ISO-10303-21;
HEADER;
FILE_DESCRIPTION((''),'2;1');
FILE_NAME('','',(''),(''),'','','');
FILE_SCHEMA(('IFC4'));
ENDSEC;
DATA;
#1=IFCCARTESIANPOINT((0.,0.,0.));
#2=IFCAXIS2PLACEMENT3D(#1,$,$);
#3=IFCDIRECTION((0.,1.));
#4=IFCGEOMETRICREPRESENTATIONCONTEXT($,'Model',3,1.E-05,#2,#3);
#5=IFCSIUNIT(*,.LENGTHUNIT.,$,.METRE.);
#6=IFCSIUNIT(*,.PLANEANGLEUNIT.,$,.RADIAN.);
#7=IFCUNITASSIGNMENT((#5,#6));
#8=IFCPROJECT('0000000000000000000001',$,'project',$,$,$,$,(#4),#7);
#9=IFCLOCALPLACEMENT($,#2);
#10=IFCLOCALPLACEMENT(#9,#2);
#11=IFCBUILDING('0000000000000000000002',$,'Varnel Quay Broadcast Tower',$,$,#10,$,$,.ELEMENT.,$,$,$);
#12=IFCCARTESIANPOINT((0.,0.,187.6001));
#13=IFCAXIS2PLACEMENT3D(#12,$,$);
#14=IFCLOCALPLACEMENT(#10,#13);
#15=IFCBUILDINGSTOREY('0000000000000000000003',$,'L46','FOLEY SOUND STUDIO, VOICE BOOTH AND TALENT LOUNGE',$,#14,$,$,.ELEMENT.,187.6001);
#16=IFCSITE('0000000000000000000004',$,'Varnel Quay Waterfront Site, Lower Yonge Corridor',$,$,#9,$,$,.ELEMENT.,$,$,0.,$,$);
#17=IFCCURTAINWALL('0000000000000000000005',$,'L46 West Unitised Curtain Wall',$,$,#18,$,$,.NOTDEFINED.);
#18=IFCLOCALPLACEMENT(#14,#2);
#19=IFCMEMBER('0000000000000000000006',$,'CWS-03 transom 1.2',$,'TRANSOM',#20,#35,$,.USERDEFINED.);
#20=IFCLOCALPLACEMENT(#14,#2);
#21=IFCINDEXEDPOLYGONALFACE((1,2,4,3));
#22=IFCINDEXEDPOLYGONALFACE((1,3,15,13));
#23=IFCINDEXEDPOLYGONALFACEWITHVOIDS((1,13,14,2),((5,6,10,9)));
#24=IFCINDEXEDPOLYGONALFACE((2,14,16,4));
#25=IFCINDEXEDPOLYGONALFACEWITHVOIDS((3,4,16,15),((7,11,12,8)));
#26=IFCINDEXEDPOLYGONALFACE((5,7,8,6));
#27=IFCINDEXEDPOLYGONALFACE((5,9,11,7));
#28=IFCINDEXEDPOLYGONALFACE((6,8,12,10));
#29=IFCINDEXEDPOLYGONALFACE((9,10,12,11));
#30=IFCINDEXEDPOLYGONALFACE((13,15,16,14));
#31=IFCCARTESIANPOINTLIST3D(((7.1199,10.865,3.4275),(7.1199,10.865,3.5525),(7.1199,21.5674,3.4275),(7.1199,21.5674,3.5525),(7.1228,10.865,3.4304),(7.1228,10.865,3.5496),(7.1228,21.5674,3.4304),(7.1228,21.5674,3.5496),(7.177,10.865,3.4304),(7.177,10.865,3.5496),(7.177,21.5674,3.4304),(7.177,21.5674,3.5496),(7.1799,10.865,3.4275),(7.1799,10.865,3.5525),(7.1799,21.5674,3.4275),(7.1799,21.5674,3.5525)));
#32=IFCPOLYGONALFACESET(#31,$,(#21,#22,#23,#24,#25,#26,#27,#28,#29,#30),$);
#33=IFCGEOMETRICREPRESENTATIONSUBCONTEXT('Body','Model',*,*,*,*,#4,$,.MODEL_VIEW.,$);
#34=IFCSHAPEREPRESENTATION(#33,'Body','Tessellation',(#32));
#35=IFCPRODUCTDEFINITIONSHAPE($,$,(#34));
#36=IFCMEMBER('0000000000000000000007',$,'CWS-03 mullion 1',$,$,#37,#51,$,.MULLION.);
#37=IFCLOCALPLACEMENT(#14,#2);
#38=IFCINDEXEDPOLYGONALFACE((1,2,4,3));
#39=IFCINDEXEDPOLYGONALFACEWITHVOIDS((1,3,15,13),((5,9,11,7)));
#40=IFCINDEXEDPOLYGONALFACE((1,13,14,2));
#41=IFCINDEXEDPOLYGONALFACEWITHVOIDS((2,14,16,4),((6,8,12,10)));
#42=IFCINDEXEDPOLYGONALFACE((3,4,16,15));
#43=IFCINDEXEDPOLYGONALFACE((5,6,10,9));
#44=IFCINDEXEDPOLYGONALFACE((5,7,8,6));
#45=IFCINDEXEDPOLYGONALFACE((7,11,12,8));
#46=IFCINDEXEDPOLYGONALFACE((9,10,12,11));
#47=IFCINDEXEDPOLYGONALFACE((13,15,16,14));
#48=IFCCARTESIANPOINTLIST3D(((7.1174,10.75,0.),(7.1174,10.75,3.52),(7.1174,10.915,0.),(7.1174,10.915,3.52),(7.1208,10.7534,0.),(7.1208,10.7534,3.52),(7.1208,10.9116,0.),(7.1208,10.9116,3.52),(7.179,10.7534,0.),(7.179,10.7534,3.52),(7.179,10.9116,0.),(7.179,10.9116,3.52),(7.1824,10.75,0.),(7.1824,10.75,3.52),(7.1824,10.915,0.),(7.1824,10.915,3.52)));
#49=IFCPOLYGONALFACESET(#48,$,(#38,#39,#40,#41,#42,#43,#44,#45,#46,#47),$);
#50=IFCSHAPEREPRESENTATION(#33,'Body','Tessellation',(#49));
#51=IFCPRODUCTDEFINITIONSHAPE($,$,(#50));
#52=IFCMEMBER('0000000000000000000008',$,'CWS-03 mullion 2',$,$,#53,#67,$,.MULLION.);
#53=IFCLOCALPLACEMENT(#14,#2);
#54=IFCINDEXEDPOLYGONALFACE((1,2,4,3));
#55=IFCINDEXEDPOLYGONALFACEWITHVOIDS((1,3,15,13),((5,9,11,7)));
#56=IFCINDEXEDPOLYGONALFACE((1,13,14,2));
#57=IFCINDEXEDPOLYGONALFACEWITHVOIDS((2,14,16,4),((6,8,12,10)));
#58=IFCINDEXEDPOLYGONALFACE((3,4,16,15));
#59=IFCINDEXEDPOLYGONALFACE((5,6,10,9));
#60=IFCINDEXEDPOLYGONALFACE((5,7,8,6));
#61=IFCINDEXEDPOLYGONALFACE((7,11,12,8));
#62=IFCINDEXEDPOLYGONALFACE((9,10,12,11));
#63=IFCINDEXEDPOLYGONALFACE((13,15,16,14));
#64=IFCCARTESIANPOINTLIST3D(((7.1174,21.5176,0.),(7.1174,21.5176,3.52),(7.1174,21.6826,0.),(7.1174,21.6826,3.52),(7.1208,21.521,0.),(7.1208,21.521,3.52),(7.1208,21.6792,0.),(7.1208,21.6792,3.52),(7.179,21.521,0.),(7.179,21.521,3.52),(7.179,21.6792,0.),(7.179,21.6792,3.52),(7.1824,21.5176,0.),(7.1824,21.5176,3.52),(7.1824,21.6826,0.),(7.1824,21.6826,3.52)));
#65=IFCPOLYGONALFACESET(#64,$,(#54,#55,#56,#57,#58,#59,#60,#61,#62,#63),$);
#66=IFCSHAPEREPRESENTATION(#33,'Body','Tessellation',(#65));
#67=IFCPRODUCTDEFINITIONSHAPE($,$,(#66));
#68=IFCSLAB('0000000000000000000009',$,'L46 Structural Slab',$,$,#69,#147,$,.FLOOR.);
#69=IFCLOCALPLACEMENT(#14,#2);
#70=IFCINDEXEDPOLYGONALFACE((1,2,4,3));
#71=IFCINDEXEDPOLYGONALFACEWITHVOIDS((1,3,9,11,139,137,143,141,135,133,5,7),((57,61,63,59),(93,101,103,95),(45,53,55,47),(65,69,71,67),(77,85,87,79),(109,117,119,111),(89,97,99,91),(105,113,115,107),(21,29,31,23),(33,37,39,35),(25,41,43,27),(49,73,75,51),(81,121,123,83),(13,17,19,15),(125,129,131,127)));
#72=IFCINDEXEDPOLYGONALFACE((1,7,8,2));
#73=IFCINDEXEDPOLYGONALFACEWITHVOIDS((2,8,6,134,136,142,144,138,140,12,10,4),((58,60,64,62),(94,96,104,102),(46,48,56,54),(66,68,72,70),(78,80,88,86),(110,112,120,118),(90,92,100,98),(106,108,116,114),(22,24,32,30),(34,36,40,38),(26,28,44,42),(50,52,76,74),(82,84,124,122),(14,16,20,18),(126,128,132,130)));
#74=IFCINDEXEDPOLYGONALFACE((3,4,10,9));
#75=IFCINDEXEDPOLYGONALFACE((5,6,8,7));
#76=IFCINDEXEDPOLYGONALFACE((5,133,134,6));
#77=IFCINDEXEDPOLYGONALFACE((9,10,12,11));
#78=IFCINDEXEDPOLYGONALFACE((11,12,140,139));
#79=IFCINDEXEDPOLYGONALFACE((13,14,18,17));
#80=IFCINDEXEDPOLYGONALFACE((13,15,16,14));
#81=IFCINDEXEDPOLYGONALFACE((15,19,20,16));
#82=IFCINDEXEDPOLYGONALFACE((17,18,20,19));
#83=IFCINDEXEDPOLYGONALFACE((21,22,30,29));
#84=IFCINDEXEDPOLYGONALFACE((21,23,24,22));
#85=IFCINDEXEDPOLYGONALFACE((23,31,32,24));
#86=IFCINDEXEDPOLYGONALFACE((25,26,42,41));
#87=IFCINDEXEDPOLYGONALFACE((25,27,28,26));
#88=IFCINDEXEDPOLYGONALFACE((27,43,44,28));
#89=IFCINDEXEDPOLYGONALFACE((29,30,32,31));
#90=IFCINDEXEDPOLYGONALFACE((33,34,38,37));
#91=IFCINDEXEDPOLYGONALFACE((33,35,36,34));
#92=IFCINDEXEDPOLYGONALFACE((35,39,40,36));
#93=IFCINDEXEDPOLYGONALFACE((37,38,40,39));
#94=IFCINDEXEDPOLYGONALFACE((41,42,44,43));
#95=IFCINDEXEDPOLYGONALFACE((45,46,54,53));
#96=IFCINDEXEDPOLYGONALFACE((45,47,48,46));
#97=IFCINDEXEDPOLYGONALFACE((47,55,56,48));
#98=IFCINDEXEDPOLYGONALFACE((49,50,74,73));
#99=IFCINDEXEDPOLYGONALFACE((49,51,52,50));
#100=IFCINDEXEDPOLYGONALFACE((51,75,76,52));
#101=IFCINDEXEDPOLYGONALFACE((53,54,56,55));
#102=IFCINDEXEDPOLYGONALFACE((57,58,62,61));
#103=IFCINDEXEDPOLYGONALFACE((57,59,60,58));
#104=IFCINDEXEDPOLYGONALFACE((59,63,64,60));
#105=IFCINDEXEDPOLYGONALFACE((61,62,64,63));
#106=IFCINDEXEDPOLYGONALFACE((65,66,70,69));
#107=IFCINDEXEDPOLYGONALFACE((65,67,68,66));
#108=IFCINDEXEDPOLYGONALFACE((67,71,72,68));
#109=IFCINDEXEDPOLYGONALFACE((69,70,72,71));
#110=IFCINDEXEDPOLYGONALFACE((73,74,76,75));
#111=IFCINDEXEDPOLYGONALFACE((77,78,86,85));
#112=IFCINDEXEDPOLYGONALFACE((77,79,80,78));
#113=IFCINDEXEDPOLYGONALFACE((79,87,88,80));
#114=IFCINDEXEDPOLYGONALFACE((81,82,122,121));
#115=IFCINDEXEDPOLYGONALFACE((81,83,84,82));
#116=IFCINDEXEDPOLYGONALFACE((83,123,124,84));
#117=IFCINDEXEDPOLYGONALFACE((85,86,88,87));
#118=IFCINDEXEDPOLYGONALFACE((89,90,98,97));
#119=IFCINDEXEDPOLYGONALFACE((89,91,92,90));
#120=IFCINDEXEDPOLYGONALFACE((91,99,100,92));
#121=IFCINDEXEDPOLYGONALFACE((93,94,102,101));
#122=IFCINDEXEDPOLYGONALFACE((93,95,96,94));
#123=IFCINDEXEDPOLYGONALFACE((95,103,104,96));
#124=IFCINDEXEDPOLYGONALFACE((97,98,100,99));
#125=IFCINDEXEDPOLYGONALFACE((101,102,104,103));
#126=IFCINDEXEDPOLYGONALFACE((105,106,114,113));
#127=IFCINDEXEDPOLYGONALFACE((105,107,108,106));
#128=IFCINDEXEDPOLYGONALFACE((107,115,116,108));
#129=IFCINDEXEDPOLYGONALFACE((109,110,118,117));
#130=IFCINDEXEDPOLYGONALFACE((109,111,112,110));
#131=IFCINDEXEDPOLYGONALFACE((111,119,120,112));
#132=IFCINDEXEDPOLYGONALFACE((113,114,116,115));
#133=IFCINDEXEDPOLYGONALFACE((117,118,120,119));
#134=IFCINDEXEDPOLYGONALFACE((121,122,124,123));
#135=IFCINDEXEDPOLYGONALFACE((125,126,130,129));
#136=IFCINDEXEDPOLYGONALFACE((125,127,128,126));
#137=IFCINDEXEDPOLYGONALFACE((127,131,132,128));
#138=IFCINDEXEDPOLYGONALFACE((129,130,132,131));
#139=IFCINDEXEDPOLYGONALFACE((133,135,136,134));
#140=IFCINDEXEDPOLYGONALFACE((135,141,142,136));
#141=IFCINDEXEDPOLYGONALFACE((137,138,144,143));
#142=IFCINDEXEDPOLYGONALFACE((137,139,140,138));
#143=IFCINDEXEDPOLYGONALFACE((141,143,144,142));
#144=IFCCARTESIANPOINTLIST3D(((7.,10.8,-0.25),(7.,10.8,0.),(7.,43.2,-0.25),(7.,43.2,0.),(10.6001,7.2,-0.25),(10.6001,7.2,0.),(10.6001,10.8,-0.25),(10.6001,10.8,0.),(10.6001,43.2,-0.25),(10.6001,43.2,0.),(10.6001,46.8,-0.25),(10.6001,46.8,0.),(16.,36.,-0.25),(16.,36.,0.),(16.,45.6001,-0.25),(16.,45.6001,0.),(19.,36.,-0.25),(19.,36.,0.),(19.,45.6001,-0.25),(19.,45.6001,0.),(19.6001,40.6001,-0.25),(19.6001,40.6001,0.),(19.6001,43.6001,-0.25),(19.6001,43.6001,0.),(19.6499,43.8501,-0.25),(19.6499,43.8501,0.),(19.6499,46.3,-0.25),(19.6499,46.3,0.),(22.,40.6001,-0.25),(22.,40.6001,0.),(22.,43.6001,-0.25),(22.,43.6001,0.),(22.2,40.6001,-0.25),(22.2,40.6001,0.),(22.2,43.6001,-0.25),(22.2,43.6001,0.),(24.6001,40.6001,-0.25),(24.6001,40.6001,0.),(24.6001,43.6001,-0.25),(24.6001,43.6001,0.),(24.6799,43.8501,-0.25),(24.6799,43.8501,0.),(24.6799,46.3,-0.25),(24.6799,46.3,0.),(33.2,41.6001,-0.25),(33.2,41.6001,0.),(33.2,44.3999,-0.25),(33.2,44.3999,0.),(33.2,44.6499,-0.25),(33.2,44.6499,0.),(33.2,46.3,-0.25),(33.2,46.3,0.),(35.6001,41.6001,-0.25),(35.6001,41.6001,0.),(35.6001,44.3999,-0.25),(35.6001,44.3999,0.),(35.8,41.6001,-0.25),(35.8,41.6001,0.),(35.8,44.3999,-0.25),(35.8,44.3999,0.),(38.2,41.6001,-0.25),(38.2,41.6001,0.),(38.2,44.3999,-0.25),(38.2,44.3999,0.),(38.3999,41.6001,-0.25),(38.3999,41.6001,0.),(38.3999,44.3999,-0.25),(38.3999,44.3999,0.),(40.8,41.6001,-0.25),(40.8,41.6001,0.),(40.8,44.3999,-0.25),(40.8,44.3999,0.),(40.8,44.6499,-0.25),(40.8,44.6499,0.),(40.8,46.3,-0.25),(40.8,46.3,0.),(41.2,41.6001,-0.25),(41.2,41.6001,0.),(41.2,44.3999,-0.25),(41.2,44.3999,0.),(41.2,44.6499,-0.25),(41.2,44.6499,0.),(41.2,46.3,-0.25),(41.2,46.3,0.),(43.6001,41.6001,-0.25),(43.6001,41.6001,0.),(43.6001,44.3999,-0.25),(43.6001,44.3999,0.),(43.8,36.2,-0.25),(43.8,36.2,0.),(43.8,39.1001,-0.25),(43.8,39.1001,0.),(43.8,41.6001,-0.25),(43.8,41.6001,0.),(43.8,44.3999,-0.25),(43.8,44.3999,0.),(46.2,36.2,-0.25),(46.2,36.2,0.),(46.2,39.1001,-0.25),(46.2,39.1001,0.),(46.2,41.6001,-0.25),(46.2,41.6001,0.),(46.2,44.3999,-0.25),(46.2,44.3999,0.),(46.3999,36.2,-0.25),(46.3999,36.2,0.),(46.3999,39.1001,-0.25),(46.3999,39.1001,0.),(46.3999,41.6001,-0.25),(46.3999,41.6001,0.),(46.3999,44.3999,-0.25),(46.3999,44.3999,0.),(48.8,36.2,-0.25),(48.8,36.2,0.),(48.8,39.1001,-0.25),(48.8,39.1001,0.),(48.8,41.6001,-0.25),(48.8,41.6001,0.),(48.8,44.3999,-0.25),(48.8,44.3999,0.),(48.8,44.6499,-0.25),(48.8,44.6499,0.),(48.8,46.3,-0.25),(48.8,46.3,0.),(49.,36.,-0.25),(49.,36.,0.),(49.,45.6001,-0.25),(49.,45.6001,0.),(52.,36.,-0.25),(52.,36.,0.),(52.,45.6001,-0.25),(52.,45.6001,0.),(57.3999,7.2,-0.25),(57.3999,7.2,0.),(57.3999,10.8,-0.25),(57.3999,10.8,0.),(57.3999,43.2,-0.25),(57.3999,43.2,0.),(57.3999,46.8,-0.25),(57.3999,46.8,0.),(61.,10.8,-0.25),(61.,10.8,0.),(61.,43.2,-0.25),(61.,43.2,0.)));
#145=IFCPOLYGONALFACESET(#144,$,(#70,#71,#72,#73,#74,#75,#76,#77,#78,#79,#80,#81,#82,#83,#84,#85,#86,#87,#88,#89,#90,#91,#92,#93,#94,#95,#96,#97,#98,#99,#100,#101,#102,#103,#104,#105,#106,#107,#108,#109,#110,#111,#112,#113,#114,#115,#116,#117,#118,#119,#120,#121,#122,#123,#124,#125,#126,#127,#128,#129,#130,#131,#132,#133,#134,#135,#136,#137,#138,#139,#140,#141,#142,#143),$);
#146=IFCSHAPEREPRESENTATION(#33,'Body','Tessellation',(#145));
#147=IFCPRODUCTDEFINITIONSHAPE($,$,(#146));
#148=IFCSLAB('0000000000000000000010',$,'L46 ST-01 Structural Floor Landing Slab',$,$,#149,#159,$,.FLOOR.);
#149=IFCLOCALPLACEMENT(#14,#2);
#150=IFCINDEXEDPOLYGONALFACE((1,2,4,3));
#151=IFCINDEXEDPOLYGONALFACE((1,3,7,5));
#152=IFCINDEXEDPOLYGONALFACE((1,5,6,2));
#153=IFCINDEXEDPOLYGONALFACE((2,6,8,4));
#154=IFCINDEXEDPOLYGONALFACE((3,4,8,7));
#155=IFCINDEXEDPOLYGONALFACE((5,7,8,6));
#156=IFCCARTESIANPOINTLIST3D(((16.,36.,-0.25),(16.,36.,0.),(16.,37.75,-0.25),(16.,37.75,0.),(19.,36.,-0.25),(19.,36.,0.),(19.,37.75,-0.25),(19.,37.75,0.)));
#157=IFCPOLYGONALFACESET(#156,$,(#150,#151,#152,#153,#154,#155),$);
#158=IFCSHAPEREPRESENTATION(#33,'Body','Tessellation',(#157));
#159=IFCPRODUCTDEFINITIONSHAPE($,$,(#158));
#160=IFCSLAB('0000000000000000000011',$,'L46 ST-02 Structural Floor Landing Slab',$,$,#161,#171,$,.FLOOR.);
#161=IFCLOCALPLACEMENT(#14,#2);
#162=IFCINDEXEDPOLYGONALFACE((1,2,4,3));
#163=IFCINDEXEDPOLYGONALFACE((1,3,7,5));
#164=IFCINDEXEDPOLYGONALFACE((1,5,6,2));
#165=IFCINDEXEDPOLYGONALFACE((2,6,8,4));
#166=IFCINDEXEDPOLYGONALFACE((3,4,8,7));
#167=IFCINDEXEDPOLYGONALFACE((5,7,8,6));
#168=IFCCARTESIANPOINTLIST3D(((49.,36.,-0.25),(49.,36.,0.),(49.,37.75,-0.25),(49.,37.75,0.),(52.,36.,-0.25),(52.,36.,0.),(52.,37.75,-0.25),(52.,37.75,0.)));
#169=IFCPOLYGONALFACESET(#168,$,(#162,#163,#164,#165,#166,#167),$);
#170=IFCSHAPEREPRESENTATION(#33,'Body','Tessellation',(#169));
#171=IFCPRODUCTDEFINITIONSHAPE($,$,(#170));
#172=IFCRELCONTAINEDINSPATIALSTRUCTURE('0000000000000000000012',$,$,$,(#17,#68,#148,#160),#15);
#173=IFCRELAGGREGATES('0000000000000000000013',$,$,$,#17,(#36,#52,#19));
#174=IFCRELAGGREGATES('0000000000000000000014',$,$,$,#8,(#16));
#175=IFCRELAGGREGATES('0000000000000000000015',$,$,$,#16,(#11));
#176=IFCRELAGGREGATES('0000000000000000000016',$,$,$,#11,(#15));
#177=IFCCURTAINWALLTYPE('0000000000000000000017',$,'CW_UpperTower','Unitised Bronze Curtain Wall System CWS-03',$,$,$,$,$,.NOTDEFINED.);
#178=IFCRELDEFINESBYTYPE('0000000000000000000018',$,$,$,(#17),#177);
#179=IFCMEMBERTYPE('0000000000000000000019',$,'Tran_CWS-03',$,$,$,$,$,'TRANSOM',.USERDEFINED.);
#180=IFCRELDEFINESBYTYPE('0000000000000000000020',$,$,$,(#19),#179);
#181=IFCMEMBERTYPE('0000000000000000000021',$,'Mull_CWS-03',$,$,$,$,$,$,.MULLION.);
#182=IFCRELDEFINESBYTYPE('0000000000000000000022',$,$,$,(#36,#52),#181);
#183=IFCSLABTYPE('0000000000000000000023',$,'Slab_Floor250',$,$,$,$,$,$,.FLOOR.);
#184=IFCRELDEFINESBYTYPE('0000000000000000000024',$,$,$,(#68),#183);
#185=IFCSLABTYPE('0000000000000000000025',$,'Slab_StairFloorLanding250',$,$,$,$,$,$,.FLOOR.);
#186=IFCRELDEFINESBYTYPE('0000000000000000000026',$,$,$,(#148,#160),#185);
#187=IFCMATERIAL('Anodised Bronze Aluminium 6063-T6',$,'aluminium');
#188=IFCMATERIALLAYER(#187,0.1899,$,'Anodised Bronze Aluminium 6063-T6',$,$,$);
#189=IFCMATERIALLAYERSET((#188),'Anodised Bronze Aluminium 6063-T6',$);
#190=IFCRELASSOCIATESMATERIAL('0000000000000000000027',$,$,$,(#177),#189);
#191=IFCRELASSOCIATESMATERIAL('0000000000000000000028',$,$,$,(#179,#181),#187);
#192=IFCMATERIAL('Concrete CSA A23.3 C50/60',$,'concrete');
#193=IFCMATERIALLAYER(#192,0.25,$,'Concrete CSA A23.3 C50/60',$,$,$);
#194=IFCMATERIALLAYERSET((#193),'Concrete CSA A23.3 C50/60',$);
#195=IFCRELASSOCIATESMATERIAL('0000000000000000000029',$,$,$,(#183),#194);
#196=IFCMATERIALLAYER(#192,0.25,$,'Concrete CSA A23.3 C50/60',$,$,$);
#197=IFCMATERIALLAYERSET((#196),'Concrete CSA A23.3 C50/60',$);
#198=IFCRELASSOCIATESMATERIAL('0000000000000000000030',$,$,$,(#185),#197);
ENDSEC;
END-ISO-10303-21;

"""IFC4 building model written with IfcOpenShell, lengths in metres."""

from ifc_helpers import new_model, si_unit, direction, frame, origin, origin_2d, place, context, subcontext, project, spatial, polyline, hollow_rectangle, outline, extrude, source, transform, mapped, material, layer, layer_set, material_profile, profile_set, type_object, type_shapes, element, aggregate, save


model = new_model("IFC4")

# Units and contexts
model_context = context("Model", 3, precision=1e-05, world=origin(), true_north=direction((0.0, 1.0)))
body_context = subcontext(model_context, "Body", "Model", "MODEL_VIEW")
ifc_project = project(units=[si_unit("LENGTHUNIT", "METRE"), si_unit("PLANEANGLEUNIT", "RADIAN")], contexts=[model_context])

# Site, building, storey
site_placement = place(None, origin())
site = spatial("IfcSite", under=ifc_project, at=site_placement, Name="Varnel Quay Waterfront Site, Lower Yonge Corridor", CompositionType="ELEMENT", RefElevation=0.0)
building_placement = place(site_placement, origin())
building = spatial("IfcBuilding", under=site, at=building_placement, Name="Varnel Quay Broadcast Tower", CompositionType="ELEMENT")
storey_placement = place(building_placement, frame((0.0, 0.0, 187.6001)))
storey = spatial("IfcBuildingStorey", under=building, at=storey_placement, Name="L46", Description="FOLEY SOUND STUDIO, VOICE BOOTH AND TALENT LOUNGE", CompositionType="ELEMENT", Elevation=187.6001)

# Curtain wall, members
ifc_material_1 = material(Name="Anodised Bronze Aluminium 6063-T6", Category="aluminium")
ifc_layer_1 = layer(ifc_material_1, 0.1899, Name="Anodised Bronze Aluminium 6063-T6")
ifc_layer_set_1 = layer_set([ifc_layer_1], Name="Anodised Bronze Aluminium 6063-T6")
curtain_wall_type_1 = type_object("IfcCurtainWallType", Name="CW_UpperTower", Description="Unitised Bronze Curtain Wall System CWS-03", PredefinedType="NOTDEFINED", material=ifc_layer_set_1)
curtain_wall_1_placement = place(storey_placement, origin())
curtain_wall_1 = element("IfcCurtainWall", 1, at=curtain_wall_1_placement, inside=storey, type_object=curtain_wall_type_1, Name="L46 West Unitised Curtain Wall", PredefinedType="NOTDEFINED")
ifc_material_profile_1 = material_profile(ifc_material_1, hollow_rectangle(XDim=0.0601, YDim=0.125, WallThickness=0.0029, at=origin_2d()), Name="ALU60X125X3")
ifc_profile_set_1 = profile_set([ifc_material_profile_1], Name="Anodised Bronze Aluminium 6063-T6")
member_type_1 = type_object("IfcMemberType", Name="Tran_CWS-03", ElementType="TRANSOM", PredefinedType="USERDEFINED", material=ifc_profile_set_1)
shared_shape_1 = source(origin(), body_context, "Body", "SweptSolid", [
    extrude(hollow_rectangle(XDim=0.0601, YDim=0.125, WallThickness=0.0029, at=origin_2d()), origin(), (0.0, 0.0, 1.0), 10.7024),
])
type_shapes(member_type_1, [shared_shape_1])
member_1_placement = place(storey_placement, frame((7.1499, 10.865, 3.49), z_axis=(0.0, 1.0, 0.0), x_axis=(-1.0, 0.0, 0.0)))
member_1 = element("IfcMember", 2, at=member_1_placement, type_object=member_type_1, Name="CWS-03 transom 1.2", ObjectType="TRANSOM", PredefinedType="USERDEFINED", context=body_context, shape_type="MappedRepresentation", body=[
    mapped(shared_shape_1, transform((0.0, 0.0, 0.0), x_axis=(1.0, 0.0, 0.0), y_axis=(0.0, 1.0, 0.0), z_axis=(0.0, 0.0, 1.0), scale=1.0)),
])
ifc_material_profile_2 = material_profile(ifc_material_1, hollow_rectangle(XDim=0.0649, YDim=0.165, WallThickness=0.0034, at=origin_2d()), Name="ALU65X165X3.5")
ifc_profile_set_2 = profile_set([ifc_material_profile_2], Name="Anodised Bronze Aluminium 6063-T6")
member_type_2 = type_object("IfcMemberType", Name="Mull_CWS-03", PredefinedType="MULLION", material=ifc_profile_set_2)
shared_shape_2 = source(origin(), body_context, "Body", "SweptSolid", [
    extrude(hollow_rectangle(XDim=0.0649, YDim=0.165, WallThickness=0.0034, at=origin_2d()), origin(), (0.0, 0.0, 1.0), 3.52),
])
type_shapes(member_type_2, [shared_shape_2])
member_2_placement = place(storey_placement, frame((7.1499, 10.8325, 0.0), z_axis=(0.0, 0.0, 1.0), x_axis=(-1.0, 0.0, 0.0)))
member_2 = element("IfcMember", 3, at=member_2_placement, type_object=member_type_2, Name="CWS-03 mullion 1", PredefinedType="MULLION", context=body_context, shape_type="MappedRepresentation", body=[
    mapped(shared_shape_2, transform((0.0, 0.0, 0.0), x_axis=(1.0, 0.0, 0.0), y_axis=(0.0, 1.0, 0.0), z_axis=(0.0, 0.0, 1.0), scale=1.0)),
])
member_3_placement = place(storey_placement, frame((7.1499, 21.6001, 0.0), z_axis=(0.0, 0.0, 1.0), x_axis=(-1.0, 0.0, 0.0)))
member_3 = element("IfcMember", 4, at=member_3_placement, type_object=member_type_2, Name="CWS-03 mullion 2", PredefinedType="MULLION", context=body_context, shape_type="MappedRepresentation", body=[
    mapped(shared_shape_2, transform((0.0, 0.0, 0.0), x_axis=(1.0, 0.0, 0.0), y_axis=(0.0, 1.0, 0.0), z_axis=(0.0, 0.0, 1.0), scale=1.0)),
])

# Slabs
ifc_material_2 = material(Name="Concrete CSA A23.3 C50/60", Category="concrete")
ifc_layer_2 = layer(ifc_material_2, 0.25, Name="Concrete CSA A23.3 C50/60")
ifc_layer_set_2 = layer_set([ifc_layer_2], Name="Concrete CSA A23.3 C50/60")
slab_type_1 = type_object("IfcSlabType", Name="Slab_Floor250", PredefinedType="FLOOR", material=ifc_layer_set_2)
slab_1_placement = place(storey_placement, frame((0.0, 0.0, -0.25)))
element("IfcSlab", 5, at=slab_1_placement, inside=storey, type_object=slab_type_1, Name="L46 Structural Slab", PredefinedType="FLOOR", context=body_context, shape_type="SweptSolid", body=[
    extrude(outline(polyline([(10.6001, 7.2), (57.3999, 7.2), (57.3999, 10.8), (61.0, 10.8), (61.0, 43.2), (57.3999, 43.2), (57.3999, 46.8), (10.6001, 46.8), (10.6001, 43.2), (7.0, 43.2), (7.0, 10.8), (10.6001, 10.8), (10.6001, 7.2)]), holes=[polyline([(19.0, 36.0), (16.0, 36.0), (16.0, 45.6001), (19.0, 45.6001), (19.0, 36.0)]), polyline([(19.6001, 43.6001), (22.0, 43.6001), (22.0, 40.6001), (19.6001, 40.6001), (19.6001, 43.6001)]), polyline([(22.2, 43.6001), (24.6001, 43.6001), (24.6001, 40.6001), (22.2, 40.6001), (22.2, 43.6001)]), polyline([(33.2, 44.3999), (35.6001, 44.3999), (35.6001, 41.6001), (33.2, 41.6001), (33.2, 44.3999)]), polyline([(35.8, 44.3999), (38.2, 44.3999), (38.2, 41.6001), (35.8, 41.6001), (35.8, 44.3999)]), polyline([(38.3999, 44.3999), (40.8, 44.3999), (40.8, 41.6001), (38.3999, 41.6001), (38.3999, 44.3999)]), polyline([(19.6499, 46.3), (24.6799, 46.3), (24.6799, 43.8501), (19.6499, 43.8501), (19.6499, 46.3)]), polyline([(33.2, 46.3), (40.8, 46.3), (40.8, 44.6499), (33.2, 44.6499), (33.2, 46.3)]), polyline([(43.8, 39.1001), (46.2, 39.1001), (46.2, 36.2), (43.8, 36.2), (43.8, 39.1001)]), polyline([(46.3999, 39.1001), (48.8, 39.1001), (48.8, 36.2), (46.3999, 36.2), (46.3999, 39.1001)]), polyline([(49.0, 36.0), (49.0, 45.6001), (52.0, 45.6001), (52.0, 36.0), (49.0, 36.0)]), polyline([(41.2, 44.3999), (43.6001, 44.3999), (43.6001, 41.6001), (41.2, 41.6001), (41.2, 44.3999)]), polyline([(43.8, 44.3999), (46.2, 44.3999), (46.2, 41.6001), (43.8, 41.6001), (43.8, 44.3999)]), polyline([(46.3999, 44.3999), (48.8, 44.3999), (48.8, 41.6001), (46.3999, 41.6001), (46.3999, 44.3999)]), polyline([(41.2, 46.3), (48.8, 46.3), (48.8, 44.6499), (41.2, 44.6499), (41.2, 46.3)])]), origin(), (0.0, 0.0, 1.0), 0.25),
])
ifc_layer_3 = layer(ifc_material_2, 0.25, Name="Concrete CSA A23.3 C50/60")
ifc_layer_set_3 = layer_set([ifc_layer_3], Name="Concrete CSA A23.3 C50/60")
slab_type_2 = type_object("IfcSlabType", Name="Slab_StairFloorLanding250", PredefinedType="FLOOR", material=ifc_layer_set_3)
slab_2_placement = place(storey_placement, frame((0.0, 0.0, -0.25)))
element("IfcSlab", 6, at=slab_2_placement, inside=storey, type_object=slab_type_2, Name="L46 ST-01 Structural Floor Landing Slab", PredefinedType="FLOOR", context=body_context, shape_type="SweptSolid", body=[
    extrude(outline(polyline([(19.0, 36.0), (19.0, 37.75), (16.0, 37.75), (16.0, 36.0), (19.0, 36.0)])), origin(), (0.0, 0.0, 1.0), 0.25),
])
slab_3_placement = place(storey_placement, frame((0.0, 0.0, -0.25)))
element("IfcSlab", 7, at=slab_3_placement, inside=storey, type_object=slab_type_2, Name="L46 ST-02 Structural Floor Landing Slab", PredefinedType="FLOOR", context=body_context, shape_type="SweptSolid", body=[
    extrude(outline(polyline([(52.0, 36.0), (52.0, 37.75), (49.0, 37.75), (49.0, 36.0), (52.0, 36.0)])), origin(), (0.0, 0.0, 1.0), 0.25),
])

aggregate(curtain_wall_1, [member_2, member_3, member_1])

save(model, "model.ifc")
